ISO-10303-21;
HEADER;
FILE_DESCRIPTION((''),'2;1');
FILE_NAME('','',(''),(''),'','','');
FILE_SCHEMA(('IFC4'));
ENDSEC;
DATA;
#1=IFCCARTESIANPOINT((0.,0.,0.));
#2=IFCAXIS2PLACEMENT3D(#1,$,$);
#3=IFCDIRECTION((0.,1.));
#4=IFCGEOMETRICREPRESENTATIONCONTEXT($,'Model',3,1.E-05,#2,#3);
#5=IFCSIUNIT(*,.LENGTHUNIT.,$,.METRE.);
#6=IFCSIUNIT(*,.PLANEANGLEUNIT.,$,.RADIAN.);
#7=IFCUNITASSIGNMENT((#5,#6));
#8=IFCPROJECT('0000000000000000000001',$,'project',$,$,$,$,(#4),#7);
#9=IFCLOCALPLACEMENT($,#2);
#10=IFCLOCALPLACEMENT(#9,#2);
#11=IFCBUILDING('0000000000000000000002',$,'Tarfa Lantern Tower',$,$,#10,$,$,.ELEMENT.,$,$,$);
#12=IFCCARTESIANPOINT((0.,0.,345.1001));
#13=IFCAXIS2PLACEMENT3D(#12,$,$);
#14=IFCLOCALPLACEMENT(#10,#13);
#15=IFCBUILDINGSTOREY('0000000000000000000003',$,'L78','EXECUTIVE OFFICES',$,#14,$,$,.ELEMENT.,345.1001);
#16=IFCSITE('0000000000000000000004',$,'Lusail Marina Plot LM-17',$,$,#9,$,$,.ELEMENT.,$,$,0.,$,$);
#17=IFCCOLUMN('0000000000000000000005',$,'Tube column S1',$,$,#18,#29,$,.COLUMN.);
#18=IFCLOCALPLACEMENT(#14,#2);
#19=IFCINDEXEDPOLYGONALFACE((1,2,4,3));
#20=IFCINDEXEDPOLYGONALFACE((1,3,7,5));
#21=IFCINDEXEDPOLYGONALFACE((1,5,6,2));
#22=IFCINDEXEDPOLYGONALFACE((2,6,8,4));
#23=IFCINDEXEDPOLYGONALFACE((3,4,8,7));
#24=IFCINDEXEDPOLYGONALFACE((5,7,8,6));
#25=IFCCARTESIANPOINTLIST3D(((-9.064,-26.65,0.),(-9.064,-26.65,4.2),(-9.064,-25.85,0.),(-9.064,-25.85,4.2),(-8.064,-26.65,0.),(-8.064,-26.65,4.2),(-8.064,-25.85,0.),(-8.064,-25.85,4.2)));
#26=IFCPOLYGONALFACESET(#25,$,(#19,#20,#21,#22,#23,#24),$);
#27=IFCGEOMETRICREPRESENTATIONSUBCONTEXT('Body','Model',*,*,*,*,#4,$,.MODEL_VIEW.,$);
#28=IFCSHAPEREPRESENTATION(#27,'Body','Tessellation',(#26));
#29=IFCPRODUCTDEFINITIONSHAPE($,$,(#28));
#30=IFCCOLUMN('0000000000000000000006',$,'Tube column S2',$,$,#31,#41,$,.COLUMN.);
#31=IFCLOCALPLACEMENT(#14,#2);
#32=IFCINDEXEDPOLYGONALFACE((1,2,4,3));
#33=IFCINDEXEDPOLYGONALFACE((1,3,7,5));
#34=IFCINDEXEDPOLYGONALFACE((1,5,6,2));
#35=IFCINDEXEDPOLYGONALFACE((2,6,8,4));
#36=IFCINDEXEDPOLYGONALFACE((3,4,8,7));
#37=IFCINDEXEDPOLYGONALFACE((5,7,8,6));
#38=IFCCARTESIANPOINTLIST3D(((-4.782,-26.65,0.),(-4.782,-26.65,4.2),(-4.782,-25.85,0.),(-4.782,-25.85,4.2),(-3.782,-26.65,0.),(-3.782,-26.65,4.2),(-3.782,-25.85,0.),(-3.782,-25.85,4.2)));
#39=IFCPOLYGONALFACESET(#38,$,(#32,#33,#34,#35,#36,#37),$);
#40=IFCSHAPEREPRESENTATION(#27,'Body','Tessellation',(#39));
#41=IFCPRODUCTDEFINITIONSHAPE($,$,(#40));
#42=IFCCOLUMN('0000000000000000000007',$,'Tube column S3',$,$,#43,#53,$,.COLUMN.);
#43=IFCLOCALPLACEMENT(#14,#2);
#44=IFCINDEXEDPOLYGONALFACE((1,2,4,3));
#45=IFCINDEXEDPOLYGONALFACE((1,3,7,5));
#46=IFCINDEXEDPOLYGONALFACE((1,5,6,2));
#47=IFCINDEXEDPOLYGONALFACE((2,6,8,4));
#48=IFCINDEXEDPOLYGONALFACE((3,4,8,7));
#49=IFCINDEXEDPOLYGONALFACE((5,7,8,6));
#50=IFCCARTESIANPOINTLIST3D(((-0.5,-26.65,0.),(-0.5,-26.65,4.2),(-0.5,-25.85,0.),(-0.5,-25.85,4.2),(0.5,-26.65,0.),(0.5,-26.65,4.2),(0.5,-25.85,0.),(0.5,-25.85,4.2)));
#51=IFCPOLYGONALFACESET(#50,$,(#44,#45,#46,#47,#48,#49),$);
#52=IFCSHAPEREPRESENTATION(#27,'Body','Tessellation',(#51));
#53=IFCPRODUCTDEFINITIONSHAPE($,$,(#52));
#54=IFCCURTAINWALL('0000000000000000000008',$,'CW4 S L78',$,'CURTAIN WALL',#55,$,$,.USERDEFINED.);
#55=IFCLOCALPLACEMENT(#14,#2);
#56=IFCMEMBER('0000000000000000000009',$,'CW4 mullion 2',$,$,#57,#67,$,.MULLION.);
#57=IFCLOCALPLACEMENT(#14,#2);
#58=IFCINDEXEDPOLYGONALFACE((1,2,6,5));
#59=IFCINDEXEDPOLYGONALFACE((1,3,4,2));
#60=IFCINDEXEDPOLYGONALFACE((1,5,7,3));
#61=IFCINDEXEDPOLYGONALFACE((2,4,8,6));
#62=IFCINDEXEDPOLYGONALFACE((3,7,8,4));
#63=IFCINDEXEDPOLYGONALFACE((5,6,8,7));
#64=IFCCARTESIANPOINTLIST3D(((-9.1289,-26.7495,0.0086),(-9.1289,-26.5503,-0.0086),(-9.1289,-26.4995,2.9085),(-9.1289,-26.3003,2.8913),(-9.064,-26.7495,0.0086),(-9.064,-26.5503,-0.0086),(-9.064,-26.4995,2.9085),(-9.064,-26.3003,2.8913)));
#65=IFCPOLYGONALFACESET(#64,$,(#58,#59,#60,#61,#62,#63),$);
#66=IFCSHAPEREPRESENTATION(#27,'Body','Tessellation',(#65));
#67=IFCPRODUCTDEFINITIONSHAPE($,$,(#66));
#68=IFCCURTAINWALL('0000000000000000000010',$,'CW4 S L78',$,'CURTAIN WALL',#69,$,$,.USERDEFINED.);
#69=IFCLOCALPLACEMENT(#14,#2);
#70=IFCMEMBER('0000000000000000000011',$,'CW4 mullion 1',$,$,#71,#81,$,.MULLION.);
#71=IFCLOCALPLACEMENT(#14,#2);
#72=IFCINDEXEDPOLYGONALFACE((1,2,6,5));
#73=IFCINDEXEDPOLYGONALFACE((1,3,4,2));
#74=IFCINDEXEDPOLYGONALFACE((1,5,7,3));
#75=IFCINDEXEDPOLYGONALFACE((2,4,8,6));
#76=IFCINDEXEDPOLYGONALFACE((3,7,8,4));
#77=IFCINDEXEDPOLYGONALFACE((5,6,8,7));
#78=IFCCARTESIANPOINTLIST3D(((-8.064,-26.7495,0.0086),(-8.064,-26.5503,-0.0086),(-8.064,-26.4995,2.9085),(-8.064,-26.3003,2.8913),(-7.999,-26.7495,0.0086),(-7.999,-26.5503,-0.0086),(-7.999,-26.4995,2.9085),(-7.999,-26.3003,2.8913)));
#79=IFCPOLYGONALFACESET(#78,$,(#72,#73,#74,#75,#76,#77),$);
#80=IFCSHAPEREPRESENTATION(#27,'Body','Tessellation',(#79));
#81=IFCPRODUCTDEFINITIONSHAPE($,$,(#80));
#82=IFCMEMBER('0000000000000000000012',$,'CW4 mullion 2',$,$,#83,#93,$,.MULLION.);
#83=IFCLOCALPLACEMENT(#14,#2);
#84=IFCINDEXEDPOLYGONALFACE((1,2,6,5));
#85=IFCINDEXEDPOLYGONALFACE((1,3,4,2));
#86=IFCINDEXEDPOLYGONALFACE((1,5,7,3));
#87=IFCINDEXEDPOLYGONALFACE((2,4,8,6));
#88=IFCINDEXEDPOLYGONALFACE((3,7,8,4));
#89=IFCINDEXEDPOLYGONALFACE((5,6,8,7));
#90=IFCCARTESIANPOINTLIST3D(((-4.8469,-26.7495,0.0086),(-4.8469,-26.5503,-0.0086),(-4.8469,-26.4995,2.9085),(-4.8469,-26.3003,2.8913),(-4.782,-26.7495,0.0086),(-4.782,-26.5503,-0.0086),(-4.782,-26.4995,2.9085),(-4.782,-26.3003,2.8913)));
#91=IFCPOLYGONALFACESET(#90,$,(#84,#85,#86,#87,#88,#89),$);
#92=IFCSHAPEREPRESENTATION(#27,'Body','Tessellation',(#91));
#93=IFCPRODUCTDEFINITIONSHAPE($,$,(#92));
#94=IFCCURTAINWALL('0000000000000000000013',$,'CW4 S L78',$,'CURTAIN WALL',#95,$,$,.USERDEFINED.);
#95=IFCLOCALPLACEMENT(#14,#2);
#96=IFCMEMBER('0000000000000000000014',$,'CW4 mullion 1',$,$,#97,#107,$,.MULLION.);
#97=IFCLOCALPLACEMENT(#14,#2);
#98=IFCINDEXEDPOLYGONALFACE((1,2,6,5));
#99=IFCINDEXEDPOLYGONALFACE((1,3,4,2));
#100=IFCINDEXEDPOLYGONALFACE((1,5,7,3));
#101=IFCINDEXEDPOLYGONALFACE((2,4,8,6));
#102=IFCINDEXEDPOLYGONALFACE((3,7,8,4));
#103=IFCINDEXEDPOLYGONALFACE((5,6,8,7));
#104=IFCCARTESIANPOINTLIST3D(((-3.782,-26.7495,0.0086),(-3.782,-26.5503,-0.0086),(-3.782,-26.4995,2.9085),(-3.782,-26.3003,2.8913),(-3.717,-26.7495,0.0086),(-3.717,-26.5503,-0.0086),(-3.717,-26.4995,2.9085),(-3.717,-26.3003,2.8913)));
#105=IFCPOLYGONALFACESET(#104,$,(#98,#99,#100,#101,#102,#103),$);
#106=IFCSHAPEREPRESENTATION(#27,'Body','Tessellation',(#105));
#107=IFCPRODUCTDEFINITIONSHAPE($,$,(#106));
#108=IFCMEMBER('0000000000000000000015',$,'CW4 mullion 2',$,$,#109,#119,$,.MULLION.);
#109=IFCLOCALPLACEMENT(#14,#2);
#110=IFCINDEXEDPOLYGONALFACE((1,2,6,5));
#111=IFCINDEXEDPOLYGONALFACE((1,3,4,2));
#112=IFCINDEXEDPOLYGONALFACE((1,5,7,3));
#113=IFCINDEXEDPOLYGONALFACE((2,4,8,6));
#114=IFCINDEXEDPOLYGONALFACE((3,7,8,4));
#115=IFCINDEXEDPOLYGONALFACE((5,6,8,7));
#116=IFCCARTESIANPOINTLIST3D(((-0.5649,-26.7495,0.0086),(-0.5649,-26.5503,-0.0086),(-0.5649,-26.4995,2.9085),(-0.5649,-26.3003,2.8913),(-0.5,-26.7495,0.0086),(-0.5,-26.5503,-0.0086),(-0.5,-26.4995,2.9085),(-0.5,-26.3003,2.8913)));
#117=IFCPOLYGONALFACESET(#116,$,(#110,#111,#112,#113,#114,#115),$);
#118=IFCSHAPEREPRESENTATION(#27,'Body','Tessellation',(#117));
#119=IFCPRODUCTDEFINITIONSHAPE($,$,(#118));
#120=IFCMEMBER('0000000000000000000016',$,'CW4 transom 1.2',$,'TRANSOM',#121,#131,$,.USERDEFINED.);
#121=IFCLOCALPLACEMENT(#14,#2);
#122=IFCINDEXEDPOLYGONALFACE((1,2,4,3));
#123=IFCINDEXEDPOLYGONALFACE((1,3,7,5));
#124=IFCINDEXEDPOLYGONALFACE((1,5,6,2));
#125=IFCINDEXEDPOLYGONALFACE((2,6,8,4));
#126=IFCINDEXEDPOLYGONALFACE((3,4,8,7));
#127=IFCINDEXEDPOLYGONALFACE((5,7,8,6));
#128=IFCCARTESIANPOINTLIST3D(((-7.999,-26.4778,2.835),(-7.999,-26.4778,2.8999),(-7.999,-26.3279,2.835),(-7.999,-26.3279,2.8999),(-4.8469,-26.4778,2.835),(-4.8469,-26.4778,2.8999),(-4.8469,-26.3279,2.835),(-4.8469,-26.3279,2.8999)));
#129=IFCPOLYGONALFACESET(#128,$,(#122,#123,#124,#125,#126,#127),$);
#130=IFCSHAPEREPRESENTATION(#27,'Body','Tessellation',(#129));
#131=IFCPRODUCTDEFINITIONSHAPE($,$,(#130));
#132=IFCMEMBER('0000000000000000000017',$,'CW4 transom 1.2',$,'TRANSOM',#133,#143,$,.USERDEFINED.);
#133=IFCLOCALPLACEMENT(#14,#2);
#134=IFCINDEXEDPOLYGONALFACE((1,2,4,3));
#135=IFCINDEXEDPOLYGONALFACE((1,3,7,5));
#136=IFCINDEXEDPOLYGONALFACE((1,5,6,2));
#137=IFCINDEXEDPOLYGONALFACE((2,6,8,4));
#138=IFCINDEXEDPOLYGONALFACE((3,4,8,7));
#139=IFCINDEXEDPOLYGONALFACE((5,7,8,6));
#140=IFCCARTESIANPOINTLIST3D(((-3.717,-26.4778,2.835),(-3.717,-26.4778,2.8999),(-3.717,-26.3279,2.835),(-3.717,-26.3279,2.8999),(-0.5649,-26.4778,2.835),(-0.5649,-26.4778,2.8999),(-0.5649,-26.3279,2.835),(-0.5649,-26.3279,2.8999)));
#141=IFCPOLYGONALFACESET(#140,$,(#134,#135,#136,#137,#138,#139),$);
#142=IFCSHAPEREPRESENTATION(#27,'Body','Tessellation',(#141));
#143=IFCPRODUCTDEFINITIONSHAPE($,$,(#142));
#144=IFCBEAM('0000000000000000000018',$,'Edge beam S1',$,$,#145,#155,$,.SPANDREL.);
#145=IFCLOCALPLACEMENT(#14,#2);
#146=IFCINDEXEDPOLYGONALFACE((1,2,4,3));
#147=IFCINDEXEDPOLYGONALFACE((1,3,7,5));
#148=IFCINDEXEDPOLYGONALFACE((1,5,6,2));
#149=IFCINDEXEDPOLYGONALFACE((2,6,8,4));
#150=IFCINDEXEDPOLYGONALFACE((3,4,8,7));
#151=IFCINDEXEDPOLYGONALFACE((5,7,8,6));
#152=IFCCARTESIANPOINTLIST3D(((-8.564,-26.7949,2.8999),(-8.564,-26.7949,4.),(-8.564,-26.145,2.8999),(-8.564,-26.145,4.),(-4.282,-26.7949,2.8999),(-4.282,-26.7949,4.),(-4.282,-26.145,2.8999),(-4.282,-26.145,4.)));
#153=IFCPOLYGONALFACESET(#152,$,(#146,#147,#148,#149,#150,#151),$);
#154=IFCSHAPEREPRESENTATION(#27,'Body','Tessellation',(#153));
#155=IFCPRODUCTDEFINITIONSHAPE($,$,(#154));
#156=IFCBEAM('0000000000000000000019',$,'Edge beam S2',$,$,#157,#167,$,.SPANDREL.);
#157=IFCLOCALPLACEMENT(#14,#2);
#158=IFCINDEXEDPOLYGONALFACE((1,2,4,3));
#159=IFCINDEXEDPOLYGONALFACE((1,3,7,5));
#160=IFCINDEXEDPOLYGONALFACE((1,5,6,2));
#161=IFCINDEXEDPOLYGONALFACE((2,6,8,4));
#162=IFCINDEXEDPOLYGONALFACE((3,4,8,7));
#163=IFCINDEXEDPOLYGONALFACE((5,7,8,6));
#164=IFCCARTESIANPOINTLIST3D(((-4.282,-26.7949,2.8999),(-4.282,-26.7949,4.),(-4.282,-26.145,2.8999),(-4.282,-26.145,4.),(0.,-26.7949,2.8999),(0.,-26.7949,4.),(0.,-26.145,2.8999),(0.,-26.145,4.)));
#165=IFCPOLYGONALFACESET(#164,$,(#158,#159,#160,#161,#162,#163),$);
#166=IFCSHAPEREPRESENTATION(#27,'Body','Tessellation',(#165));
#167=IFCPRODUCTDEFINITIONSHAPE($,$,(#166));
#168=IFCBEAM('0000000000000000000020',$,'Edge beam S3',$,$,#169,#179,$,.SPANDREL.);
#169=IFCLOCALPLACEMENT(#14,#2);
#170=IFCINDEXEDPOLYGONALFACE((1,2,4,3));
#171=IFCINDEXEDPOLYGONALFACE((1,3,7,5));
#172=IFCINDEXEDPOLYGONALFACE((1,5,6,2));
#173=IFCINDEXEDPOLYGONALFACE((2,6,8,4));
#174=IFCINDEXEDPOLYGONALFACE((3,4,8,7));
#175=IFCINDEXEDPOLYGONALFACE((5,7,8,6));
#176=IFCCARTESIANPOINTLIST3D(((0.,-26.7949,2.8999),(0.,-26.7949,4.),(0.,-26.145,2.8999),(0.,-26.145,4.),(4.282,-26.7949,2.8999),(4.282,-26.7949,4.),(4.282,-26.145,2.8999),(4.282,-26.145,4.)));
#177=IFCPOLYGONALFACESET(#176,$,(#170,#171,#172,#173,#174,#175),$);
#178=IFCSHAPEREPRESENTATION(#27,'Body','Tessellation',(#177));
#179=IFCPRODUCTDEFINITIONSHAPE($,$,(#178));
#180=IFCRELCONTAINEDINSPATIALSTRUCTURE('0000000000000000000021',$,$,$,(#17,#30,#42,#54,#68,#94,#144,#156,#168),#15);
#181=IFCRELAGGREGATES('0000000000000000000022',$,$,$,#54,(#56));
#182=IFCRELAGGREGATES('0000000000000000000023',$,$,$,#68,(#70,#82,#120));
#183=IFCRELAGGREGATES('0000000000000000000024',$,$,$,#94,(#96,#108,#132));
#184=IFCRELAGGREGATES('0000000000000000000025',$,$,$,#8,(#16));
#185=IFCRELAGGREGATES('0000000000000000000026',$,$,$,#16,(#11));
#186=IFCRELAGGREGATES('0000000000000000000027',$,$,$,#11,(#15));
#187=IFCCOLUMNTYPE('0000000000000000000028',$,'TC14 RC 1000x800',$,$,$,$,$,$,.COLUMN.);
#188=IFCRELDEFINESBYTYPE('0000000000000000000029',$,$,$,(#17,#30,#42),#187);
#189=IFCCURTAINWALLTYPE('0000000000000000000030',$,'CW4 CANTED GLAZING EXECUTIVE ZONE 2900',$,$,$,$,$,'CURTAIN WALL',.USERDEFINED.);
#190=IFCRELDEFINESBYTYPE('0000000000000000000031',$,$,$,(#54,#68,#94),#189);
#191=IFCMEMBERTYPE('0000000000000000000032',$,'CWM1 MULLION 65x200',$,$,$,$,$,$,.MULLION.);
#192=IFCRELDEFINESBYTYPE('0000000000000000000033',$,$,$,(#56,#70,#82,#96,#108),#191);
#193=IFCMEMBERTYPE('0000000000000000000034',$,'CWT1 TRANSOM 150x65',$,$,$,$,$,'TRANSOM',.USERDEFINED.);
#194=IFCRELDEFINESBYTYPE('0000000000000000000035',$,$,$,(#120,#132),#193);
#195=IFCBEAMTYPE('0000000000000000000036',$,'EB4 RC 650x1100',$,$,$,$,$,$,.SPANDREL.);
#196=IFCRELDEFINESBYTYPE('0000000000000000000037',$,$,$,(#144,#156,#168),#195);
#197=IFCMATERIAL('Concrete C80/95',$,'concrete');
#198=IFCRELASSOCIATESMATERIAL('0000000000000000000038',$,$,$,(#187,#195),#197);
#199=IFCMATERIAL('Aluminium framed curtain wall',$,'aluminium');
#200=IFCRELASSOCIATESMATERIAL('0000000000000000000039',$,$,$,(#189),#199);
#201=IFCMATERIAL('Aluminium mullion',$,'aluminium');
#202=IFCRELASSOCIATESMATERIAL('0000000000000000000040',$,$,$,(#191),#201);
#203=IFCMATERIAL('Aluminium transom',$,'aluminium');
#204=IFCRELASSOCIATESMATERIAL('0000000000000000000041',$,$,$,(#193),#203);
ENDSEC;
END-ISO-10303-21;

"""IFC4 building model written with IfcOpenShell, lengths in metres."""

from ifc_helpers import new_model, si_unit, direction, frame, origin, origin_2d, place, context, subcontext, project, spatial, rectangle, extrude, material, material_profile, profile_set, type_object, element, aggregate, save


model = new_model("IFC4")

# Units and contexts
model_context = context("Model", 3, precision=1e-05, world=origin(), true_north=direction((0.0, 1.0)))
body_context = subcontext(model_context, "Body", "Model", "MODEL_VIEW")
ifc_project = project(units=[si_unit("LENGTHUNIT", "METRE"), si_unit("PLANEANGLEUNIT", "RADIAN")], contexts=[model_context])

# Site, building, storey
site_placement = place(None, origin())
site = spatial("IfcSite", under=ifc_project, at=site_placement, Name="Lusail Marina Plot LM-17", CompositionType="ELEMENT", RefElevation=0.0)
building_placement = place(site_placement, origin())
building = spatial("IfcBuilding", under=site, at=building_placement, Name="Tarfa Lantern Tower", CompositionType="ELEMENT")
storey_placement = place(building_placement, frame((0.0, 0.0, 345.1001)))
storey = spatial("IfcBuildingStorey", under=building, at=storey_placement, Name="L78", Description="EXECUTIVE OFFICES", CompositionType="ELEMENT", Elevation=345.1001)

# Columns
ifc_material_1 = material(Name="Concrete C80/95", Category="concrete")
ifc_material_profile_1 = material_profile(ifc_material_1, rectangle(XDim=1.0, YDim=0.8, at=origin_2d()), Name="RC 1000x800")
ifc_profile_set_1 = profile_set([ifc_material_profile_1], Name="Concrete C80/95")
column_type = type_object("IfcColumnType", Name="TC14 RC 1000x800", PredefinedType="COLUMN", material=ifc_profile_set_1)
for number, where, z_axis, x_axis, name in (
    (1, (-8.564, -26.25, 0.0), (0.0, 0.0, 1.0), (1.0, 0.0, 0.0), "Tube column S1"),
    (2, (-4.282, -26.25, 0.0), (0.0, 0.0, 1.0), (1.0, 0.0, 0.0), "Tube column S2"),
    (3, (0.0, -26.25, 0.0), (0.0, 0.0, 1.0), (1.0, 0.0, 0.0), "Tube column S3"),
):
    element("IfcColumn", number, at=place(storey_placement, frame(where, z_axis=z_axis, x_axis=x_axis)), inside=storey, type_object=column_type, Name=name, PredefinedType="COLUMN", context=body_context, shape_type="SweptSolid", body=[
        extrude(rectangle(XDim=1.0, YDim=0.8, at=origin_2d()), origin(), (0.0, 0.0, 1.0), 4.2),
    ])

# Curtain wall, member
ifc_material_2 = material(Name="Aluminium framed curtain wall", Category="aluminium")
curtain_wall_type = type_object("IfcCurtainWallType", Name="CW4 CANTED GLAZING EXECUTIVE ZONE 2900", ElementType="CURTAIN WALL", PredefinedType="USERDEFINED", material=ifc_material_2)
curtain_wall_1_placement = place(storey_placement, origin())
curtain_wall_1 = element("IfcCurtainWall", 4, at=curtain_wall_1_placement, inside=storey, type_object=curtain_wall_type, Name="CW4 S L78", ObjectType="CURTAIN WALL", PredefinedType="USERDEFINED")
ifc_material_3 = material(Name="Aluminium mullion", Category="aluminium")
ifc_material_profile_2 = material_profile(ifc_material_3, rectangle(XDim=0.0649, YDim=0.2, at=origin_2d()), Name="AL MULLION 65x200")
ifc_profile_set_2 = profile_set([ifc_material_profile_2], Name="Aluminium mullion")
member_type_1 = type_object("IfcMemberType", Name="CWM1 MULLION 65x200", PredefinedType="MULLION", material=ifc_profile_set_2)
member_1_placement = place(storey_placement, frame((-9.0964, -26.6499, 0.0), z_axis=(0.0, 0.085891, 0.996305), x_axis=(-1.0, 0.0, 0.0)))
member_1 = element("IfcMember", 5, at=member_1_placement, type_object=member_type_1, Name="CW4 mullion 2", PredefinedType="MULLION", context=body_context, shape_type="SweptSolid", body=[
    extrude(rectangle(XDim=0.0649, YDim=0.2, at=origin_2d()), origin(), (0.0, 0.0, 1.0), 2.9106),
])
aggregate(curtain_wall_1, [member_1])

# Curtain walls, members
curtain_wall_2_placement = place(storey_placement, origin())
curtain_wall_2 = element("IfcCurtainWall", 6, at=curtain_wall_2_placement, inside=storey, type_object=curtain_wall_type, Name="CW4 S L78", ObjectType="CURTAIN WALL", PredefinedType="USERDEFINED")
member_2_placement = place(storey_placement, frame((-8.0315, -26.6499, 0.0), z_axis=(0.0, 0.085891, 0.996305), x_axis=(-1.0, 0.0, 0.0)))
member_2 = element("IfcMember", 7, at=member_2_placement, type_object=member_type_1, Name="CW4 mullion 1", PredefinedType="MULLION", context=body_context, shape_type="SweptSolid", body=[
    extrude(rectangle(XDim=0.0649, YDim=0.2, at=origin_2d()), origin(), (0.0, 0.0, 1.0), 2.9106),
])
member_3_placement = place(storey_placement, frame((-4.8145, -26.6499, 0.0), z_axis=(0.0, 0.085891, 0.996305), x_axis=(-1.0, 0.0, 0.0)))
member_3 = element("IfcMember", 8, at=member_3_placement, type_object=member_type_1, Name="CW4 mullion 2", PredefinedType="MULLION", context=body_context, shape_type="SweptSolid", body=[
    extrude(rectangle(XDim=0.0649, YDim=0.2, at=origin_2d()), origin(), (0.0, 0.0, 1.0), 2.9106),
])
curtain_wall_3_placement = place(storey_placement, origin())
curtain_wall_3 = element("IfcCurtainWall", 9, at=curtain_wall_3_placement, inside=storey, type_object=curtain_wall_type, Name="CW4 S L78", ObjectType="CURTAIN WALL", PredefinedType="USERDEFINED")
member_4_placement = place(storey_placement, frame((-3.7495, -26.6499, 0.0), z_axis=(0.0, 0.085891, 0.996305), x_axis=(-1.0, 0.0, 0.0)))
member_4 = element("IfcMember", 10, at=member_4_placement, type_object=member_type_1, Name="CW4 mullion 1", PredefinedType="MULLION", context=body_context, shape_type="SweptSolid", body=[
    extrude(rectangle(XDim=0.0649, YDim=0.2, at=origin_2d()), origin(), (0.0, 0.0, 1.0), 2.9106),
])
member_5_placement = place(storey_placement, frame((-0.5325, -26.6499, 0.0), z_axis=(0.0, 0.085891, 0.996305), x_axis=(-1.0, 0.0, 0.0)))
member_5 = element("IfcMember", 11, at=member_5_placement, type_object=member_type_1, Name="CW4 mullion 2", PredefinedType="MULLION", context=body_context, shape_type="SweptSolid", body=[
    extrude(rectangle(XDim=0.0649, YDim=0.2, at=origin_2d()), origin(), (0.0, 0.0, 1.0), 2.9106),
])

# Members
ifc_material_4 = material(Name="Aluminium transom", Category="aluminium")
ifc_material_profile_3 = material_profile(ifc_material_4, rectangle(XDim=0.1499, YDim=0.0649, at=origin_2d()), Name="AL TRANSOM 150x65")
ifc_profile_set_3 = profile_set([ifc_material_profile_3], Name="Aluminium transom")
member_type_2 = type_object("IfcMemberType", Name="CWT1 TRANSOM 150x65", ElementType="TRANSOM", PredefinedType="USERDEFINED", material=ifc_profile_set_3)
member_6_placement = place(storey_placement, frame((-7.999, -26.4028, 2.8674), z_axis=(1.0, 0.0, 0.0), x_axis=(0.0, 1.0, 0.0)))
member_6 = element("IfcMember", 12, at=member_6_placement, type_object=member_type_2, Name="CW4 transom 1.2", ObjectType="TRANSOM", PredefinedType="USERDEFINED", context=body_context, shape_type="SweptSolid", body=[
    extrude(rectangle(XDim=0.1499, YDim=0.0649, at=origin_2d()), origin(), (0.0, 0.0, 1.0), 3.1521),
])
member_7_placement = place(storey_placement, frame((-3.717, -26.4028, 2.8674), z_axis=(1.0, 0.0, 0.0), x_axis=(0.0, 1.0, 0.0)))
member_7 = element("IfcMember", 13, at=member_7_placement, type_object=member_type_2, Name="CW4 transom 1.2", ObjectType="TRANSOM", PredefinedType="USERDEFINED", context=body_context, shape_type="SweptSolid", body=[
    extrude(rectangle(XDim=0.1499, YDim=0.0649, at=origin_2d()), origin(), (0.0, 0.0, 1.0), 3.1521),
])

# Beams
ifc_material_profile_4 = material_profile(ifc_material_1, rectangle(XDim=0.6499, YDim=1.1001, at=origin_2d()), Name="RC 650x1100")
ifc_profile_set_4 = profile_set([ifc_material_profile_4], Name="Concrete C80/95")
beam_type_1 = type_object("IfcBeamType", Name="EB4 RC 650x1100", PredefinedType="SPANDREL", material=ifc_profile_set_4)
for number, where, z_axis, x_axis, name in (
    (14, (-8.564, -26.47, 3.45), (1.0, 0.0, 0.0), (0.0, 1.0, 0.0), "Edge beam S1"),
    (15, (-4.282, -26.47, 3.45), (1.0, 0.0, 0.0), (0.0, 1.0, 0.0), "Edge beam S2"),
    (16, (0.0, -26.47, 3.45), (1.0, 0.0, 0.0), (0.0, 1.0, 0.0), "Edge beam S3"),
):
    element("IfcBeam", number, at=place(storey_placement, frame(where, z_axis=z_axis, x_axis=x_axis)), inside=storey, type_object=beam_type_1, Name=name, PredefinedType="SPANDREL", context=body_context, shape_type="SweptSolid", body=[
        extrude(rectangle(XDim=0.6499, YDim=1.1001, at=origin_2d()), origin(), (0.0, 0.0, 1.0), 4.282),
    ])

aggregate(curtain_wall_2, [member_2, member_3, member_6])
aggregate(curtain_wall_3, [member_4, member_5, member_7])

save(model, "model.ifc")
